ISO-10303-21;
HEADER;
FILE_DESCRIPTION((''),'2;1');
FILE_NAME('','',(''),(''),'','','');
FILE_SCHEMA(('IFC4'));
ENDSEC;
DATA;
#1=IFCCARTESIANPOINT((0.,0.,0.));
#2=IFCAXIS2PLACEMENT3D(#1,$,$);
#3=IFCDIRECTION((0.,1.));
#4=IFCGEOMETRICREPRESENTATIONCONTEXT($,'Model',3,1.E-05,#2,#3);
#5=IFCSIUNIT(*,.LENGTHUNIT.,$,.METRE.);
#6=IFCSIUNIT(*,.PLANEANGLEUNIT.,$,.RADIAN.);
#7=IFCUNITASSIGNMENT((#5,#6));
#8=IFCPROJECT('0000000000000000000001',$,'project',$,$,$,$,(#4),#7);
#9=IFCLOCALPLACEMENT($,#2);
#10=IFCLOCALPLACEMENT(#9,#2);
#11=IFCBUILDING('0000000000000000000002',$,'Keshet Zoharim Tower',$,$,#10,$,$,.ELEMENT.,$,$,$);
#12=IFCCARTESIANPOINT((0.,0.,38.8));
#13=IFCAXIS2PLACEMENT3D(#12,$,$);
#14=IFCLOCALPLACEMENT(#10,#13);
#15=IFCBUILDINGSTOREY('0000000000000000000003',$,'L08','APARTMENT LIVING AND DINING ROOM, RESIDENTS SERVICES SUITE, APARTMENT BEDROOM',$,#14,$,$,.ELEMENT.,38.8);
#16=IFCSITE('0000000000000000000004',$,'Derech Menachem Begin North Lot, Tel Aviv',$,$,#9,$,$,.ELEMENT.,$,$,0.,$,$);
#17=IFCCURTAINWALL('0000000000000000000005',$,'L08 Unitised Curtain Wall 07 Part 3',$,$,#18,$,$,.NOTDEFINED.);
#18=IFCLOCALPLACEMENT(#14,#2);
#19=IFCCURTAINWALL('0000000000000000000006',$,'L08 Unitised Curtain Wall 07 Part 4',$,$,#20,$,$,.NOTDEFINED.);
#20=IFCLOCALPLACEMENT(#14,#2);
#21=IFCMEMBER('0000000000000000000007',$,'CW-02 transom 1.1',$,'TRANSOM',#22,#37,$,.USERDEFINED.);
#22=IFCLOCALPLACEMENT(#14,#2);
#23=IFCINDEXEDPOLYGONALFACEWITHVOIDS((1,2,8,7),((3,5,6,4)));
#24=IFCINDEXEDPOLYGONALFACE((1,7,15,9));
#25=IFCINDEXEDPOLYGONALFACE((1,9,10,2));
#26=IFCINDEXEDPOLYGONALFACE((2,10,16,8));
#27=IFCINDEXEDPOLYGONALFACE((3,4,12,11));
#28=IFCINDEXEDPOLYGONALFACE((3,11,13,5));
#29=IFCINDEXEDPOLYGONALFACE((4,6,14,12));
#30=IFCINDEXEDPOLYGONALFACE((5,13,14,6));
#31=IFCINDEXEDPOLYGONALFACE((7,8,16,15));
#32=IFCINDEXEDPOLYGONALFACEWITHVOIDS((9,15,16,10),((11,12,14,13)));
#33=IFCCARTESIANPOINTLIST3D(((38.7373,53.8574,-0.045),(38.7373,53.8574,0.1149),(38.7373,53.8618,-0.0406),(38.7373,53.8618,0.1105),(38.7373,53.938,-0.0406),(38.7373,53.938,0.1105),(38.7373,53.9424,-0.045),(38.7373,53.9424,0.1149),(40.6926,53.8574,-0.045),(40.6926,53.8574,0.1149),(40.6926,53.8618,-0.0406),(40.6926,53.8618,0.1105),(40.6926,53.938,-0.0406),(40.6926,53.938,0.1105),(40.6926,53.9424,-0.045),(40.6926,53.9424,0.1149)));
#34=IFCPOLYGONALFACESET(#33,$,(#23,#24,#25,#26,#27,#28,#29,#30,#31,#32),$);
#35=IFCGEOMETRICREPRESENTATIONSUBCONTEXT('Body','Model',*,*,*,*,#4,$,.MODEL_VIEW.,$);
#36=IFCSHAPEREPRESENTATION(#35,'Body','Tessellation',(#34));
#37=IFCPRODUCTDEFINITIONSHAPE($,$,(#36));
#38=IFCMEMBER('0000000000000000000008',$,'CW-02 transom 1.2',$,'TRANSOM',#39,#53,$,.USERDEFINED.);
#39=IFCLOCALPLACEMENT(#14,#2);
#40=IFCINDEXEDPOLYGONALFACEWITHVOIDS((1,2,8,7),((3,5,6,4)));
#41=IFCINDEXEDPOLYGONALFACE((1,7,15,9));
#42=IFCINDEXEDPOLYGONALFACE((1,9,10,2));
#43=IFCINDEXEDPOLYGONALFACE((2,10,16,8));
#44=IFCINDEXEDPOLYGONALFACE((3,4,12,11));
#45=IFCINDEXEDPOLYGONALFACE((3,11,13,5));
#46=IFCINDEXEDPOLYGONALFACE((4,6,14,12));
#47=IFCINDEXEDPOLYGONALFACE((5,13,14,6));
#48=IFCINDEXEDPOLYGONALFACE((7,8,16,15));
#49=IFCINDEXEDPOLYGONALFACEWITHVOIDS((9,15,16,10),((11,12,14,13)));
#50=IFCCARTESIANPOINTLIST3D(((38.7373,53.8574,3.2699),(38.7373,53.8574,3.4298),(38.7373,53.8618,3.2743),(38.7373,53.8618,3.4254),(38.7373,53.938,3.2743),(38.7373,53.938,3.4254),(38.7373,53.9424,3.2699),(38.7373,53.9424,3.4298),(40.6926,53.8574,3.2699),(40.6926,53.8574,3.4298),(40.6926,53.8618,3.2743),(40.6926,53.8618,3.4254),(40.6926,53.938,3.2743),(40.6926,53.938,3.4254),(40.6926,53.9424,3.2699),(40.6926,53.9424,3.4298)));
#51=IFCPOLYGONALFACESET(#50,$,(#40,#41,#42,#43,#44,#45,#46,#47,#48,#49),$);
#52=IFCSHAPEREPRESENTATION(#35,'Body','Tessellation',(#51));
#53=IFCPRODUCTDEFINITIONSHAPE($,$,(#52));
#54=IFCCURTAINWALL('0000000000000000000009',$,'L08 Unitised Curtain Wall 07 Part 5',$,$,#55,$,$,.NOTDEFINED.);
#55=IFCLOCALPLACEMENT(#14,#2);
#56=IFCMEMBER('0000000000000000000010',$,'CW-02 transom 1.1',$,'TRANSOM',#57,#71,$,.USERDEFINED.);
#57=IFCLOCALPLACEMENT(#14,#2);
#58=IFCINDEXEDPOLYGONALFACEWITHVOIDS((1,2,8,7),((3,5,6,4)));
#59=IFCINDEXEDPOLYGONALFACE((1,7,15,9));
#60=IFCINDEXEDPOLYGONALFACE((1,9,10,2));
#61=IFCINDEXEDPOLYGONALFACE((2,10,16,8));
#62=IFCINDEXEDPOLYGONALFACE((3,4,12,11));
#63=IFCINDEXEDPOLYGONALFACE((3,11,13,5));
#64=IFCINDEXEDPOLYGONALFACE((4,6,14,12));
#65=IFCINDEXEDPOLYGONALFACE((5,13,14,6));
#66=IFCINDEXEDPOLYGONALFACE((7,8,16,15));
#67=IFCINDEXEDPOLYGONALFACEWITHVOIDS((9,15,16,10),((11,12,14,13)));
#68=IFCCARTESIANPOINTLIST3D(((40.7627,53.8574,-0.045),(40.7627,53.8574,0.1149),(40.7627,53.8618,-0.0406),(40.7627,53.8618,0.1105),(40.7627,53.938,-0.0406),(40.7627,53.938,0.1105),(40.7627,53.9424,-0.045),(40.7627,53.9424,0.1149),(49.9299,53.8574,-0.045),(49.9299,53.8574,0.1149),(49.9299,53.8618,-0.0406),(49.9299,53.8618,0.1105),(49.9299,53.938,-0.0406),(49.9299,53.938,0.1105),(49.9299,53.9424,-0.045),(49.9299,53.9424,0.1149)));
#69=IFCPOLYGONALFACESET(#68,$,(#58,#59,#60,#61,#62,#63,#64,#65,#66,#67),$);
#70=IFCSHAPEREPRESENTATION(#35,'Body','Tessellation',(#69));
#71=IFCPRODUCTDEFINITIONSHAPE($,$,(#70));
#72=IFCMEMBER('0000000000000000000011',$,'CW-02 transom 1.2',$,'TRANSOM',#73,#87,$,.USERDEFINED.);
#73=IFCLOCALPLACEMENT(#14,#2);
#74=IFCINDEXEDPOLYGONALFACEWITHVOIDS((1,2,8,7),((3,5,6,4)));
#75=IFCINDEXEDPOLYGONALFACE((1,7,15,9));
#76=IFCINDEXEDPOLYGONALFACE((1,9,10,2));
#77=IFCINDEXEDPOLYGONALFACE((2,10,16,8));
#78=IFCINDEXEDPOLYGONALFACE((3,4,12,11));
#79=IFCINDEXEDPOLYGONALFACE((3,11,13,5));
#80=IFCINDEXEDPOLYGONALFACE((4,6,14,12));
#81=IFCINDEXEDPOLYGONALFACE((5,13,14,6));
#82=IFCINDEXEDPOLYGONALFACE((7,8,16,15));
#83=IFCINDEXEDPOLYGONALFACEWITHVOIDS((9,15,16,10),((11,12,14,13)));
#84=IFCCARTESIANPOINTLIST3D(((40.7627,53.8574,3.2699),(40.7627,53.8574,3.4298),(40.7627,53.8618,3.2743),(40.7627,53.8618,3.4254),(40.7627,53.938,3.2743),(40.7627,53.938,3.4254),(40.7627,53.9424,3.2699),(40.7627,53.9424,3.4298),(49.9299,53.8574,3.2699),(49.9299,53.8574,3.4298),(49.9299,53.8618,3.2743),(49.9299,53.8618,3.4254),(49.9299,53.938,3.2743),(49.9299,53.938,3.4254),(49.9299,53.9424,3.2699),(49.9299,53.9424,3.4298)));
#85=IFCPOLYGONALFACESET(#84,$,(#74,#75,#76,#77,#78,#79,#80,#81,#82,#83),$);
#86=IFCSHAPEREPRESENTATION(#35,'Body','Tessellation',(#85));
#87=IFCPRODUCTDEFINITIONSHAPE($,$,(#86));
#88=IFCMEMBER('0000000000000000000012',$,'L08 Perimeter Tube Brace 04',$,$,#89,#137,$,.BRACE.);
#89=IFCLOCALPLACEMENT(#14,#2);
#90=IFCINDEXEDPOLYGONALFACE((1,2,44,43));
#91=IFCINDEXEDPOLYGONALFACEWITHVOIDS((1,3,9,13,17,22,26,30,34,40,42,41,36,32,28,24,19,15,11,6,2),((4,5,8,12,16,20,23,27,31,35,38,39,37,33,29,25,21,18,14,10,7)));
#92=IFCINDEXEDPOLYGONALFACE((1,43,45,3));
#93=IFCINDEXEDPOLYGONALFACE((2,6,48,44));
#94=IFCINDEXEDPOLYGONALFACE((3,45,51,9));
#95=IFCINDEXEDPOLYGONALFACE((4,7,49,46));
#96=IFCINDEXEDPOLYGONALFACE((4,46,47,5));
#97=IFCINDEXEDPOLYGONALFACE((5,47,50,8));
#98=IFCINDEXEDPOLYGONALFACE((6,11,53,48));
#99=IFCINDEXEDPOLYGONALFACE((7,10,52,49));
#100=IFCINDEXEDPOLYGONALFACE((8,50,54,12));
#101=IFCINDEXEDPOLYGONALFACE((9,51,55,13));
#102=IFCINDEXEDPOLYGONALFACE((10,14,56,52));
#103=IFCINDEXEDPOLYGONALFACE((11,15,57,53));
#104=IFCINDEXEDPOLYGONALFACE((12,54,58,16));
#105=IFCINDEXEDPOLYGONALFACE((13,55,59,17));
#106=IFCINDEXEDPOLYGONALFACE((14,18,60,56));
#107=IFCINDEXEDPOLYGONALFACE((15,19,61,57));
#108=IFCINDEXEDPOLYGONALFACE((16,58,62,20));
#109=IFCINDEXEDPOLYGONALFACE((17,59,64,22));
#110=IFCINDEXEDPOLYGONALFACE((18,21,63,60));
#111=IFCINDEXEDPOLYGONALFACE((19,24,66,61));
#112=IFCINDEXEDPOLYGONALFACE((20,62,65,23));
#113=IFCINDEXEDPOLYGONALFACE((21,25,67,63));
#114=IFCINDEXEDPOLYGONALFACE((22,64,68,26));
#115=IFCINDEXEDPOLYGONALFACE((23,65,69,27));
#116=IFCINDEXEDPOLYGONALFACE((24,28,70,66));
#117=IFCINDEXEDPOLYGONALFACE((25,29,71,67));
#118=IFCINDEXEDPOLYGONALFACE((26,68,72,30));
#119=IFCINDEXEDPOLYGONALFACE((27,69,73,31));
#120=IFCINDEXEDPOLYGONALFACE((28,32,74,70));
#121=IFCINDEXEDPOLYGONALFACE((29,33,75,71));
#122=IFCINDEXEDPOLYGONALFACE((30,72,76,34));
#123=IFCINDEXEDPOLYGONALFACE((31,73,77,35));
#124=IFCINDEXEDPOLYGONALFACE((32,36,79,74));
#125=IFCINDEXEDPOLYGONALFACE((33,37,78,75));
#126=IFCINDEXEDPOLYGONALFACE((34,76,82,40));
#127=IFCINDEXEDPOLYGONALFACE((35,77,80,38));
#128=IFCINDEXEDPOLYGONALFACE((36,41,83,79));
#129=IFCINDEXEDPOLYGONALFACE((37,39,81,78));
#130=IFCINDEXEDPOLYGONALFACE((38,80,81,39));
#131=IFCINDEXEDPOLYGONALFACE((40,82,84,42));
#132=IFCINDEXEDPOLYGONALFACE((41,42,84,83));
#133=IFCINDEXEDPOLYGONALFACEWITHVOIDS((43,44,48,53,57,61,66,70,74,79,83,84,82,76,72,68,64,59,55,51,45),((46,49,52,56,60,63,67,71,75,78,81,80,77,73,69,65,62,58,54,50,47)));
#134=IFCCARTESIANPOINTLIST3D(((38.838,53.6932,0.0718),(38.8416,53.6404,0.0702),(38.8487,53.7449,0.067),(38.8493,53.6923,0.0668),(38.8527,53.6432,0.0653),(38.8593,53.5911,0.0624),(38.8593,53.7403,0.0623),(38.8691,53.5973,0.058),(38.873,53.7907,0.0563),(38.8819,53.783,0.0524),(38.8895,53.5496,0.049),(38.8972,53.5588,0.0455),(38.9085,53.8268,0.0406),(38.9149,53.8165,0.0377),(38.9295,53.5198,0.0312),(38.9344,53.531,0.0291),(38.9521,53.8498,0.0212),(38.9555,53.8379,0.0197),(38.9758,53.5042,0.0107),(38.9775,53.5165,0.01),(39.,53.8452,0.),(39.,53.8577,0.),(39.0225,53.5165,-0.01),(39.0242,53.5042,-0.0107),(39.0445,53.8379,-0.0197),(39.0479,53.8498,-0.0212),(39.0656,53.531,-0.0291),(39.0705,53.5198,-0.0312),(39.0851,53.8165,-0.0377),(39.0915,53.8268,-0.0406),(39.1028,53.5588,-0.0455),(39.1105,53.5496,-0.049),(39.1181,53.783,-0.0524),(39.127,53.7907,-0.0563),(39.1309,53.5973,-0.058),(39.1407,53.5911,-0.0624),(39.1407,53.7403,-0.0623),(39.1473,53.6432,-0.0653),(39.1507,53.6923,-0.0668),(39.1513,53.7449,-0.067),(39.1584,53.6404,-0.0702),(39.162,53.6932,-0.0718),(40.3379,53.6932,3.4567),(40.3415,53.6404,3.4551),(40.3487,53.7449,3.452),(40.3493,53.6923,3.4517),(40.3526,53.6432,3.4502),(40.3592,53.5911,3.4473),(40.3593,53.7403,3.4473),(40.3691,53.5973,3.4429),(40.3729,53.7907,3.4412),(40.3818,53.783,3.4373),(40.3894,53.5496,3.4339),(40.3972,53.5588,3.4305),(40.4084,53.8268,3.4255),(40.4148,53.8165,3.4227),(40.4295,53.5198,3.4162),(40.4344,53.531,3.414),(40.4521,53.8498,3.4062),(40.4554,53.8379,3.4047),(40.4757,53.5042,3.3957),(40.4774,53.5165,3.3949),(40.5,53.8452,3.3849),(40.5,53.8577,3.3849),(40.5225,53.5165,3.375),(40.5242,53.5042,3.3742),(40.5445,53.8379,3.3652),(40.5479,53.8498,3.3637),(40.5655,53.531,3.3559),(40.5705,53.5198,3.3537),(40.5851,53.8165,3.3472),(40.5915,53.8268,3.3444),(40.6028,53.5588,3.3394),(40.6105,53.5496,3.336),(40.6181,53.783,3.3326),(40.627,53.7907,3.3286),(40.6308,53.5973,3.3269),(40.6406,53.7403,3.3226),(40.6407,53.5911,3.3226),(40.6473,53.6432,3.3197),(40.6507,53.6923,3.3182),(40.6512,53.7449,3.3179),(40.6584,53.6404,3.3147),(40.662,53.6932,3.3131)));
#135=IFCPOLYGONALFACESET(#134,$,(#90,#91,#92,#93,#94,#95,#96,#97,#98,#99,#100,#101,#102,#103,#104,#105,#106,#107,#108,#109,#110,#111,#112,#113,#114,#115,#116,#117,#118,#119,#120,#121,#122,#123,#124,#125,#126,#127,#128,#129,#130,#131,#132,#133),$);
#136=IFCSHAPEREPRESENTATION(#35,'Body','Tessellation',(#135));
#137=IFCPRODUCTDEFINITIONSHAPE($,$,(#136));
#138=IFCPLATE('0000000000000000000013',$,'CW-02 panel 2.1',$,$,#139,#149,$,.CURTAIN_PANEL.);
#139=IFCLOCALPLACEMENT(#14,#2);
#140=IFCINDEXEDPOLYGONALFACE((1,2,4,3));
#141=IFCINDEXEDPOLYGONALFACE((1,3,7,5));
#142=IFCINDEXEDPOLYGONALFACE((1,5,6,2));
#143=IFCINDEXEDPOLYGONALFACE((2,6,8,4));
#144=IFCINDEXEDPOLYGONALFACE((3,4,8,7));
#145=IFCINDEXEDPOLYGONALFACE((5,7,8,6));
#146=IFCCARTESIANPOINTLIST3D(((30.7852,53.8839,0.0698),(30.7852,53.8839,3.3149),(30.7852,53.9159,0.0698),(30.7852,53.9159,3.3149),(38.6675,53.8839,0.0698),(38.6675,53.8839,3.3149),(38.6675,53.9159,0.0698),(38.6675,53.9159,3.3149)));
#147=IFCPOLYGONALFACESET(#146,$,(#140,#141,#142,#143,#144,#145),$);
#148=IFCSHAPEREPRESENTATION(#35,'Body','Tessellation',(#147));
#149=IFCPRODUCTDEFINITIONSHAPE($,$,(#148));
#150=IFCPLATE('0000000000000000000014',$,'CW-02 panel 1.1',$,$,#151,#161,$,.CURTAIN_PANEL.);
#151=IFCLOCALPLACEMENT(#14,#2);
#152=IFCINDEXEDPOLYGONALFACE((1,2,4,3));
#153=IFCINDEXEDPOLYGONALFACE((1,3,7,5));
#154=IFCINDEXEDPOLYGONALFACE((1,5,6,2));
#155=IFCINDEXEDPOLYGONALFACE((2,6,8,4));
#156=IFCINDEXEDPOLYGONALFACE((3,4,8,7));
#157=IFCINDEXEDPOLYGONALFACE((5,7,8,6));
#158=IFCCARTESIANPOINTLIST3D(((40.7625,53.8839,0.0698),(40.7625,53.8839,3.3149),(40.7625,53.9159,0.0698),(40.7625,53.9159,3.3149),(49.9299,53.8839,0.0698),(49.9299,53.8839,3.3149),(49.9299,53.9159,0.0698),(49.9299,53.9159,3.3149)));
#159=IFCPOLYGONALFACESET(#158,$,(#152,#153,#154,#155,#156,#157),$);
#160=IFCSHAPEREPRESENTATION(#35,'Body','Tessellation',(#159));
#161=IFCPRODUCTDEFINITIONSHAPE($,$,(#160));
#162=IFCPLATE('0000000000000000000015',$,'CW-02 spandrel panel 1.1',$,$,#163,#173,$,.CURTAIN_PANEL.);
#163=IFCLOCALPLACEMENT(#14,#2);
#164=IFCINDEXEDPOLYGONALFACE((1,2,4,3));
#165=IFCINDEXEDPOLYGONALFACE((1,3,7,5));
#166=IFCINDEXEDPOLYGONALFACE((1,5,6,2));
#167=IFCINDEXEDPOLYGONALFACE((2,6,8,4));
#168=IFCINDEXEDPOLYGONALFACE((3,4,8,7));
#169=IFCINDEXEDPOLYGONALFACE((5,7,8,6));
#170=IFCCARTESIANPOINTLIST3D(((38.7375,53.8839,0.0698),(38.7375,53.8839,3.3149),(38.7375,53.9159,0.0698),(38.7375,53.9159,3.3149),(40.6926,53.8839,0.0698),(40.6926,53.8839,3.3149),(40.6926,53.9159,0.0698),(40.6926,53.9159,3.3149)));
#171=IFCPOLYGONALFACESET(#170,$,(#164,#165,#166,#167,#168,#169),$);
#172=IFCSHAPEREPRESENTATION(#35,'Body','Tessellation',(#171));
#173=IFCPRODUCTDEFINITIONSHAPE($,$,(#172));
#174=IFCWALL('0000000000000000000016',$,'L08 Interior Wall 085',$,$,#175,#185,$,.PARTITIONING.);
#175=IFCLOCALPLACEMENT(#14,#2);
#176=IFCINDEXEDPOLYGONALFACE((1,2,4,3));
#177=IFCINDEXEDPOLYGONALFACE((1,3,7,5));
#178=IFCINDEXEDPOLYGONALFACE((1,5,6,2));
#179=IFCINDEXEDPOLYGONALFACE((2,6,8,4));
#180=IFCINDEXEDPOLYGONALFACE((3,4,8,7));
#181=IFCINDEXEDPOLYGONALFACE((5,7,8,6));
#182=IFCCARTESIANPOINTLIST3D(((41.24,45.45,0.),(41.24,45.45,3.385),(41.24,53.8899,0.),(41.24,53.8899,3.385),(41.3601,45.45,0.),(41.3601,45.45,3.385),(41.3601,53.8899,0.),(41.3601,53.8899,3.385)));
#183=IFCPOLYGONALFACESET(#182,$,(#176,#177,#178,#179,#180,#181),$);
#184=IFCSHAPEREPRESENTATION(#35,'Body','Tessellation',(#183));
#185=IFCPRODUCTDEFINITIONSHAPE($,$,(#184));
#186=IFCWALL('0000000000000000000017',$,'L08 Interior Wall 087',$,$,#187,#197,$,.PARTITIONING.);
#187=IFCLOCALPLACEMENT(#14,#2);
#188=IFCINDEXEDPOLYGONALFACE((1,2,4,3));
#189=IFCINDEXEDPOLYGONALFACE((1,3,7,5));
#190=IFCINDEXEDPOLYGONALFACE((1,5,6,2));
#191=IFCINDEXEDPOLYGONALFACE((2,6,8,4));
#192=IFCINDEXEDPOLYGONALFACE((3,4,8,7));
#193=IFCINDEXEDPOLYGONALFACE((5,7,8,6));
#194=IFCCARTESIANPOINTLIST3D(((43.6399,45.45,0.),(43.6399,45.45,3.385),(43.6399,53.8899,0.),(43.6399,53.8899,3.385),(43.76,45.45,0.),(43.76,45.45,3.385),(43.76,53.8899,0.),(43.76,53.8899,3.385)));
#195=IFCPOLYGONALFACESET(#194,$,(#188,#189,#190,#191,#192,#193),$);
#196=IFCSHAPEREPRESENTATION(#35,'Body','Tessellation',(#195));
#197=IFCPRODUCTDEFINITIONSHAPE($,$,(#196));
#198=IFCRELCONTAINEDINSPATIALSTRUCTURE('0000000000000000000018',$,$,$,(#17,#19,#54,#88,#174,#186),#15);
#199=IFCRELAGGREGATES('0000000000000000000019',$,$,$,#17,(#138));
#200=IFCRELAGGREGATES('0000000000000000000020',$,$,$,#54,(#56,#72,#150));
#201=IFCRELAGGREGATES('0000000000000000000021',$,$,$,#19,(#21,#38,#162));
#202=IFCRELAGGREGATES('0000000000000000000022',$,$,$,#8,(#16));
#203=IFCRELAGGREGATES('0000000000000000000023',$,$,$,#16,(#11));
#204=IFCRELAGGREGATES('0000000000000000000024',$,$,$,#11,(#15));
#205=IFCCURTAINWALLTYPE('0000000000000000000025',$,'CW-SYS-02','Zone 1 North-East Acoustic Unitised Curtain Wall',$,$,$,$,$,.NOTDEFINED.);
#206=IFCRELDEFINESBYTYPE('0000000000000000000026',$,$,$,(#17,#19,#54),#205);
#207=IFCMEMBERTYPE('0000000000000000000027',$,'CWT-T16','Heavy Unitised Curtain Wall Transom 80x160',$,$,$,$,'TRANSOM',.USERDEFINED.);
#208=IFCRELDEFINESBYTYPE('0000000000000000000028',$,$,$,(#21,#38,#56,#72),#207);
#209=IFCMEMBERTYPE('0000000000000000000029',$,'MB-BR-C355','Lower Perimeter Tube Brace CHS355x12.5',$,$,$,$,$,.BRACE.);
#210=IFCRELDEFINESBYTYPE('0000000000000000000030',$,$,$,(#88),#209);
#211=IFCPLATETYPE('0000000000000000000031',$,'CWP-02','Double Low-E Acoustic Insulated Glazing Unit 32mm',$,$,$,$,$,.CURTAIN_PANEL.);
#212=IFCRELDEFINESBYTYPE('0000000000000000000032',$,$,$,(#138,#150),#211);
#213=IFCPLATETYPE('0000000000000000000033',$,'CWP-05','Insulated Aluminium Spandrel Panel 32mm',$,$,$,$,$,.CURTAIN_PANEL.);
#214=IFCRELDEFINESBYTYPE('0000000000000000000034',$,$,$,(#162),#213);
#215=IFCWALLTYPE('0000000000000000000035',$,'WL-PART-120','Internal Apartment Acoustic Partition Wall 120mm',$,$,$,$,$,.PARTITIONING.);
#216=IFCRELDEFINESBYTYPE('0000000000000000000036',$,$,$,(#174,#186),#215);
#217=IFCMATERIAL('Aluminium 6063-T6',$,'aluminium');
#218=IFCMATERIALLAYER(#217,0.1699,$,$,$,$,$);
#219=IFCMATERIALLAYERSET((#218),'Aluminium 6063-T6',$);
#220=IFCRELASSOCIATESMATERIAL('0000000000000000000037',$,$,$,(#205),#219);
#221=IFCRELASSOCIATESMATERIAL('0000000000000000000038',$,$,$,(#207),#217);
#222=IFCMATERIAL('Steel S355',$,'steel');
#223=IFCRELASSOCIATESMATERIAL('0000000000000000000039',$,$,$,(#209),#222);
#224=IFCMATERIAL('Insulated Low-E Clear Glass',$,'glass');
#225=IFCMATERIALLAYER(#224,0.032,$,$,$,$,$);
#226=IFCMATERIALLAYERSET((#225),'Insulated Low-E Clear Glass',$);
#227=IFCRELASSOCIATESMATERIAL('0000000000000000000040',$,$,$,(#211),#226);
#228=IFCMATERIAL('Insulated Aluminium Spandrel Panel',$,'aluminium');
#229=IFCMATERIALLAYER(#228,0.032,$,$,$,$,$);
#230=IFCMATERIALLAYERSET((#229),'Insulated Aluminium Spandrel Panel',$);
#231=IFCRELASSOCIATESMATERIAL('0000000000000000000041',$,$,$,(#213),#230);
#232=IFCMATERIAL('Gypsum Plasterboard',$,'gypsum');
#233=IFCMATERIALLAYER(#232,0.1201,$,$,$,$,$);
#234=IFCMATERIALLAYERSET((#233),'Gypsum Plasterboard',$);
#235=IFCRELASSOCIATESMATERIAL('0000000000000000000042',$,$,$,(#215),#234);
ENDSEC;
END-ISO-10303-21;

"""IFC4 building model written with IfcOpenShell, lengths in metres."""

from ifc_helpers import new_model, si_unit, direction, frame, frame_2d, origin, origin_2d, place, context, subcontext, project, spatial, rectangle, hollow_rectangle, hollow_circle, extrude, material, layer, layer_set, material_profile, profile_set, type_object, element, aggregate, save


model = new_model("IFC4")

# Units and contexts
model_context = context("Model", 3, precision=1e-05, world=origin(), true_north=direction((0.0, 1.0)))
body_context = subcontext(model_context, "Body", "Model", "MODEL_VIEW")
ifc_project = project(units=[si_unit("LENGTHUNIT", "METRE"), si_unit("PLANEANGLEUNIT", "RADIAN")], contexts=[model_context])

# Site, building, storey
site_placement = place(None, origin())
site = spatial("IfcSite", under=ifc_project, at=site_placement, Name="Derech Menachem Begin North Lot, Tel Aviv", CompositionType="ELEMENT", RefElevation=0.0)
building_placement = place(site_placement, origin())
building = spatial("IfcBuilding", under=site, at=building_placement, Name="Keshet Zoharim Tower", CompositionType="ELEMENT")
storey_placement = place(building_placement, frame((0.0, 0.0, 38.8)))
storey = spatial("IfcBuildingStorey", under=building, at=storey_placement, Name="L08", Description="APARTMENT LIVING AND DINING ROOM, RESIDENTS SERVICES SUITE, APARTMENT BEDROOM", CompositionType="ELEMENT", Elevation=38.8)

# Shared definitions
ifc_material_1 = material(Name="Steel S355", Category="steel")

# Curtain wall
ifc_material_2 = material(Name="Aluminium 6063-T6", Category="aluminium")
ifc_layer_1 = layer(ifc_material_2, 0.1699)
ifc_layer_set_1 = layer_set([ifc_layer_1], Name="Aluminium 6063-T6")
curtain_wall_type = type_object("IfcCurtainWallType", Name="CW-SYS-02", Description="Zone 1 North-East Acoustic Unitised Curtain Wall", PredefinedType="NOTDEFINED", material=ifc_layer_set_1)
curtain_wall_1_placement = place(storey_placement, origin())
curtain_wall_1 = element("IfcCurtainWall", 1, at=curtain_wall_1_placement, inside=storey, type_object=curtain_wall_type, Name="L08 Unitised Curtain Wall 07 Part 3", PredefinedType="NOTDEFINED")

# Curtain walls, members
curtain_wall_2_placement = place(storey_placement, origin())
curtain_wall_2 = element("IfcCurtainWall", 2, at=curtain_wall_2_placement, inside=storey, type_object=curtain_wall_type, Name="L08 Unitised Curtain Wall 07 Part 4", PredefinedType="NOTDEFINED")
ifc_material_profile_1 = material_profile(ifc_material_2, hollow_rectangle(XDim=0.085, YDim=0.1599, WallThickness=0.0044, at=origin_2d()), Name="TRN-85x160")
ifc_profile_set_1 = profile_set([ifc_material_profile_1], Name="Aluminium 6063-T6")
member_type_1 = type_object("IfcMemberType", Name="CWT-T16", Description="Heavy Unitised Curtain Wall Transom 80x160", ElementType="TRANSOM", PredefinedType="USERDEFINED", material=ifc_profile_set_1)
member_1_placement = place(storey_placement, frame((38.7373, 53.8999, 0.0349), z_axis=(1.0, 0.0, 0.0), x_axis=(0.0, 1.0, 0.0)))
member_1 = element("IfcMember", 3, at=member_1_placement, type_object=member_type_1, Name="CW-02 transom 1.1", ObjectType="TRANSOM", PredefinedType="USERDEFINED", context=body_context, shape_type="SweptSolid", body=[
    extrude(hollow_rectangle(XDim=0.085, YDim=0.1599, WallThickness=0.0044, at=origin_2d()), origin(), (0.0, 0.0, 1.0), 1.9553),
])
member_2_placement = place(storey_placement, frame((38.7373, 53.8999, 3.3499), z_axis=(1.0, 0.0, 0.0), x_axis=(0.0, 1.0, 0.0)))
member_2 = element("IfcMember", 4, at=member_2_placement, type_object=member_type_1, Name="CW-02 transom 1.2", ObjectType="TRANSOM", PredefinedType="USERDEFINED", context=body_context, shape_type="SweptSolid", body=[
    extrude(hollow_rectangle(XDim=0.085, YDim=0.1599, WallThickness=0.0044, at=origin_2d()), origin(), (0.0, 0.0, 1.0), 1.9553),
])
curtain_wall_3_placement = place(storey_placement, origin())
curtain_wall_3 = element("IfcCurtainWall", 5, at=curtain_wall_3_placement, inside=storey, type_object=curtain_wall_type, Name="L08 Unitised Curtain Wall 07 Part 5", PredefinedType="NOTDEFINED")
member_3_placement = place(storey_placement, frame((40.7627, 53.8999, 0.0349), z_axis=(1.0, 0.0, 0.0), x_axis=(0.0, 1.0, 0.0)))
member_3 = element("IfcMember", 6, at=member_3_placement, type_object=member_type_1, Name="CW-02 transom 1.1", ObjectType="TRANSOM", PredefinedType="USERDEFINED", context=body_context, shape_type="SweptSolid", body=[
    extrude(hollow_rectangle(XDim=0.085, YDim=0.1599, WallThickness=0.0044, at=origin_2d()), origin(), (0.0, 0.0, 1.0), 9.1672),
])
member_4_placement = place(storey_placement, frame((40.7627, 53.8999, 3.3499), z_axis=(1.0, 0.0, 0.0), x_axis=(0.0, 1.0, 0.0)))
member_4 = element("IfcMember", 7, at=member_4_placement, type_object=member_type_1, Name="CW-02 transom 1.2", ObjectType="TRANSOM", PredefinedType="USERDEFINED", context=body_context, shape_type="SweptSolid", body=[
    extrude(hollow_rectangle(XDim=0.085, YDim=0.1599, WallThickness=0.0044, at=origin_2d()), origin(), (0.0, 0.0, 1.0), 9.1672),
])

# Member
ifc_material_profile_2 = material_profile(ifc_material_1, hollow_circle(Radius=0.1777, WallThickness=0.0125, at=origin_2d()), Name="CHS355x12.5")
ifc_profile_set_2 = profile_set([ifc_material_profile_2], Name="Steel S355")
member_type_2 = type_object("IfcMemberType", Name="MB-BR-C355", Description="Lower Perimeter Tube Brace CHS355x12.5", PredefinedType="BRACE", material=ifc_profile_set_2)
member_5_placement = place(storey_placement, frame((39.0, 53.6799, 0.0), z_axis=(0.405135, 0.0, 0.914257), x_axis=(0.0, 1.0, 0.0)))
element("IfcMember", 8, at=member_5_placement, inside=storey, type_object=member_type_2, Name="L08 Perimeter Tube Brace 04", PredefinedType="BRACE", context=body_context, shape_type="SweptSolid", body=[
    extrude(hollow_circle(Radius=0.1777, WallThickness=0.0125, at=origin_2d()), origin(), (0.0, 0.0, 1.0), 3.7024),
])

# Plates
ifc_material_3 = material(Name="Insulated Low-E Clear Glass", Category="glass")
ifc_layer_2 = layer(ifc_material_3, 0.032)
ifc_layer_set_2 = layer_set([ifc_layer_2], Name="Insulated Low-E Clear Glass")
plate_type_1 = type_object("IfcPlateType", Name="CWP-02", Description="Double Low-E Acoustic Insulated Glazing Unit 32mm", PredefinedType="CURTAIN_PANEL", material=ifc_layer_set_2)
plate_1_placement = place(storey_placement, frame((34.7263, 53.8999, 0.0698), z_axis=(0.0, 0.0, 1.0), x_axis=(1.0, 0.0, 0.0)))
plate_1 = element("IfcPlate", 9, at=plate_1_placement, type_object=plate_type_1, Name="CW-02 panel 2.1", PredefinedType="CURTAIN_PANEL", context=body_context, shape_type="SweptSolid", body=[
    extrude(rectangle(XDim=7.8823, YDim=0.032, at=origin_2d()), origin(), (0.0, 0.0, 1.0), 3.2451),
])
aggregate(curtain_wall_1, [plate_1])
plate_2_placement = place(storey_placement, frame((45.3462, 53.8999, 0.0698), z_axis=(0.0, 0.0, 1.0), x_axis=(1.0, 0.0, 0.0)))
plate_2 = element("IfcPlate", 10, at=plate_2_placement, type_object=plate_type_1, Name="CW-02 panel 1.1", PredefinedType="CURTAIN_PANEL", context=body_context, shape_type="SweptSolid", body=[
    extrude(rectangle(XDim=9.1675, YDim=0.032, at=origin_2d()), origin(), (0.0, 0.0, 1.0), 3.2451),
])
aggregate(curtain_wall_3, [member_3, member_4, plate_2])
ifc_material_4 = material(Name="Insulated Aluminium Spandrel Panel", Category="aluminium")
ifc_layer_3 = layer(ifc_material_4, 0.032)
ifc_layer_set_3 = layer_set([ifc_layer_3], Name="Insulated Aluminium Spandrel Panel")
plate_type_2 = type_object("IfcPlateType", Name="CWP-05", Description="Insulated Aluminium Spandrel Panel 32mm", PredefinedType="CURTAIN_PANEL", material=ifc_layer_set_3)
plate_3_placement = place(storey_placement, frame((39.7151, 53.8999, 0.0698), z_axis=(0.0, 0.0, 1.0), x_axis=(1.0, 0.0, 0.0)))
plate_3 = element("IfcPlate", 11, at=plate_3_placement, type_object=plate_type_2, Name="CW-02 spandrel panel 1.1", PredefinedType="CURTAIN_PANEL", context=body_context, shape_type="SweptSolid", body=[
    extrude(rectangle(XDim=1.9551, YDim=0.032, at=origin_2d()), origin(), (0.0, 0.0, 1.0), 3.2451),
])
aggregate(curtain_wall_2, [member_1, member_2, plate_3])

# Walls
ifc_material_5 = material(Name="Gypsum Plasterboard", Category="gypsum")
ifc_layer_4 = layer(ifc_material_5, 0.1201)
ifc_layer_set_4 = layer_set([ifc_layer_4], Name="Gypsum Plasterboard")
wall_type = type_object("IfcWallType", Name="WL-PART-120", Description="Internal Apartment Acoustic Partition Wall 120mm", PredefinedType="PARTITIONING", material=ifc_layer_set_4)
for number, where, z_axis, x_axis, name in (
    (12, (41.3, 45.45, 0.0), (0.0, 0.0, 1.0), (0.0, 1.0, 0.0), "L08 Interior Wall 085"),
    (13, (43.7, 45.45, 0.0), (0.0, 0.0, 1.0), (0.0, 1.0, 0.0), "L08 Interior Wall 087"),
):
    element("IfcWall", number, at=place(storey_placement, frame(where, z_axis=z_axis, x_axis=x_axis)), inside=storey, type_object=wall_type, Name=name, PredefinedType="PARTITIONING", context=body_context, shape_type="SweptSolid", body=[
        extrude(rectangle(XDim=8.4399, YDim=0.1201, at=frame_2d((4.22, 0.0))), origin(), (0.0, 0.0, 1.0), 3.385),
    ])

save(model, "model.ifc")
